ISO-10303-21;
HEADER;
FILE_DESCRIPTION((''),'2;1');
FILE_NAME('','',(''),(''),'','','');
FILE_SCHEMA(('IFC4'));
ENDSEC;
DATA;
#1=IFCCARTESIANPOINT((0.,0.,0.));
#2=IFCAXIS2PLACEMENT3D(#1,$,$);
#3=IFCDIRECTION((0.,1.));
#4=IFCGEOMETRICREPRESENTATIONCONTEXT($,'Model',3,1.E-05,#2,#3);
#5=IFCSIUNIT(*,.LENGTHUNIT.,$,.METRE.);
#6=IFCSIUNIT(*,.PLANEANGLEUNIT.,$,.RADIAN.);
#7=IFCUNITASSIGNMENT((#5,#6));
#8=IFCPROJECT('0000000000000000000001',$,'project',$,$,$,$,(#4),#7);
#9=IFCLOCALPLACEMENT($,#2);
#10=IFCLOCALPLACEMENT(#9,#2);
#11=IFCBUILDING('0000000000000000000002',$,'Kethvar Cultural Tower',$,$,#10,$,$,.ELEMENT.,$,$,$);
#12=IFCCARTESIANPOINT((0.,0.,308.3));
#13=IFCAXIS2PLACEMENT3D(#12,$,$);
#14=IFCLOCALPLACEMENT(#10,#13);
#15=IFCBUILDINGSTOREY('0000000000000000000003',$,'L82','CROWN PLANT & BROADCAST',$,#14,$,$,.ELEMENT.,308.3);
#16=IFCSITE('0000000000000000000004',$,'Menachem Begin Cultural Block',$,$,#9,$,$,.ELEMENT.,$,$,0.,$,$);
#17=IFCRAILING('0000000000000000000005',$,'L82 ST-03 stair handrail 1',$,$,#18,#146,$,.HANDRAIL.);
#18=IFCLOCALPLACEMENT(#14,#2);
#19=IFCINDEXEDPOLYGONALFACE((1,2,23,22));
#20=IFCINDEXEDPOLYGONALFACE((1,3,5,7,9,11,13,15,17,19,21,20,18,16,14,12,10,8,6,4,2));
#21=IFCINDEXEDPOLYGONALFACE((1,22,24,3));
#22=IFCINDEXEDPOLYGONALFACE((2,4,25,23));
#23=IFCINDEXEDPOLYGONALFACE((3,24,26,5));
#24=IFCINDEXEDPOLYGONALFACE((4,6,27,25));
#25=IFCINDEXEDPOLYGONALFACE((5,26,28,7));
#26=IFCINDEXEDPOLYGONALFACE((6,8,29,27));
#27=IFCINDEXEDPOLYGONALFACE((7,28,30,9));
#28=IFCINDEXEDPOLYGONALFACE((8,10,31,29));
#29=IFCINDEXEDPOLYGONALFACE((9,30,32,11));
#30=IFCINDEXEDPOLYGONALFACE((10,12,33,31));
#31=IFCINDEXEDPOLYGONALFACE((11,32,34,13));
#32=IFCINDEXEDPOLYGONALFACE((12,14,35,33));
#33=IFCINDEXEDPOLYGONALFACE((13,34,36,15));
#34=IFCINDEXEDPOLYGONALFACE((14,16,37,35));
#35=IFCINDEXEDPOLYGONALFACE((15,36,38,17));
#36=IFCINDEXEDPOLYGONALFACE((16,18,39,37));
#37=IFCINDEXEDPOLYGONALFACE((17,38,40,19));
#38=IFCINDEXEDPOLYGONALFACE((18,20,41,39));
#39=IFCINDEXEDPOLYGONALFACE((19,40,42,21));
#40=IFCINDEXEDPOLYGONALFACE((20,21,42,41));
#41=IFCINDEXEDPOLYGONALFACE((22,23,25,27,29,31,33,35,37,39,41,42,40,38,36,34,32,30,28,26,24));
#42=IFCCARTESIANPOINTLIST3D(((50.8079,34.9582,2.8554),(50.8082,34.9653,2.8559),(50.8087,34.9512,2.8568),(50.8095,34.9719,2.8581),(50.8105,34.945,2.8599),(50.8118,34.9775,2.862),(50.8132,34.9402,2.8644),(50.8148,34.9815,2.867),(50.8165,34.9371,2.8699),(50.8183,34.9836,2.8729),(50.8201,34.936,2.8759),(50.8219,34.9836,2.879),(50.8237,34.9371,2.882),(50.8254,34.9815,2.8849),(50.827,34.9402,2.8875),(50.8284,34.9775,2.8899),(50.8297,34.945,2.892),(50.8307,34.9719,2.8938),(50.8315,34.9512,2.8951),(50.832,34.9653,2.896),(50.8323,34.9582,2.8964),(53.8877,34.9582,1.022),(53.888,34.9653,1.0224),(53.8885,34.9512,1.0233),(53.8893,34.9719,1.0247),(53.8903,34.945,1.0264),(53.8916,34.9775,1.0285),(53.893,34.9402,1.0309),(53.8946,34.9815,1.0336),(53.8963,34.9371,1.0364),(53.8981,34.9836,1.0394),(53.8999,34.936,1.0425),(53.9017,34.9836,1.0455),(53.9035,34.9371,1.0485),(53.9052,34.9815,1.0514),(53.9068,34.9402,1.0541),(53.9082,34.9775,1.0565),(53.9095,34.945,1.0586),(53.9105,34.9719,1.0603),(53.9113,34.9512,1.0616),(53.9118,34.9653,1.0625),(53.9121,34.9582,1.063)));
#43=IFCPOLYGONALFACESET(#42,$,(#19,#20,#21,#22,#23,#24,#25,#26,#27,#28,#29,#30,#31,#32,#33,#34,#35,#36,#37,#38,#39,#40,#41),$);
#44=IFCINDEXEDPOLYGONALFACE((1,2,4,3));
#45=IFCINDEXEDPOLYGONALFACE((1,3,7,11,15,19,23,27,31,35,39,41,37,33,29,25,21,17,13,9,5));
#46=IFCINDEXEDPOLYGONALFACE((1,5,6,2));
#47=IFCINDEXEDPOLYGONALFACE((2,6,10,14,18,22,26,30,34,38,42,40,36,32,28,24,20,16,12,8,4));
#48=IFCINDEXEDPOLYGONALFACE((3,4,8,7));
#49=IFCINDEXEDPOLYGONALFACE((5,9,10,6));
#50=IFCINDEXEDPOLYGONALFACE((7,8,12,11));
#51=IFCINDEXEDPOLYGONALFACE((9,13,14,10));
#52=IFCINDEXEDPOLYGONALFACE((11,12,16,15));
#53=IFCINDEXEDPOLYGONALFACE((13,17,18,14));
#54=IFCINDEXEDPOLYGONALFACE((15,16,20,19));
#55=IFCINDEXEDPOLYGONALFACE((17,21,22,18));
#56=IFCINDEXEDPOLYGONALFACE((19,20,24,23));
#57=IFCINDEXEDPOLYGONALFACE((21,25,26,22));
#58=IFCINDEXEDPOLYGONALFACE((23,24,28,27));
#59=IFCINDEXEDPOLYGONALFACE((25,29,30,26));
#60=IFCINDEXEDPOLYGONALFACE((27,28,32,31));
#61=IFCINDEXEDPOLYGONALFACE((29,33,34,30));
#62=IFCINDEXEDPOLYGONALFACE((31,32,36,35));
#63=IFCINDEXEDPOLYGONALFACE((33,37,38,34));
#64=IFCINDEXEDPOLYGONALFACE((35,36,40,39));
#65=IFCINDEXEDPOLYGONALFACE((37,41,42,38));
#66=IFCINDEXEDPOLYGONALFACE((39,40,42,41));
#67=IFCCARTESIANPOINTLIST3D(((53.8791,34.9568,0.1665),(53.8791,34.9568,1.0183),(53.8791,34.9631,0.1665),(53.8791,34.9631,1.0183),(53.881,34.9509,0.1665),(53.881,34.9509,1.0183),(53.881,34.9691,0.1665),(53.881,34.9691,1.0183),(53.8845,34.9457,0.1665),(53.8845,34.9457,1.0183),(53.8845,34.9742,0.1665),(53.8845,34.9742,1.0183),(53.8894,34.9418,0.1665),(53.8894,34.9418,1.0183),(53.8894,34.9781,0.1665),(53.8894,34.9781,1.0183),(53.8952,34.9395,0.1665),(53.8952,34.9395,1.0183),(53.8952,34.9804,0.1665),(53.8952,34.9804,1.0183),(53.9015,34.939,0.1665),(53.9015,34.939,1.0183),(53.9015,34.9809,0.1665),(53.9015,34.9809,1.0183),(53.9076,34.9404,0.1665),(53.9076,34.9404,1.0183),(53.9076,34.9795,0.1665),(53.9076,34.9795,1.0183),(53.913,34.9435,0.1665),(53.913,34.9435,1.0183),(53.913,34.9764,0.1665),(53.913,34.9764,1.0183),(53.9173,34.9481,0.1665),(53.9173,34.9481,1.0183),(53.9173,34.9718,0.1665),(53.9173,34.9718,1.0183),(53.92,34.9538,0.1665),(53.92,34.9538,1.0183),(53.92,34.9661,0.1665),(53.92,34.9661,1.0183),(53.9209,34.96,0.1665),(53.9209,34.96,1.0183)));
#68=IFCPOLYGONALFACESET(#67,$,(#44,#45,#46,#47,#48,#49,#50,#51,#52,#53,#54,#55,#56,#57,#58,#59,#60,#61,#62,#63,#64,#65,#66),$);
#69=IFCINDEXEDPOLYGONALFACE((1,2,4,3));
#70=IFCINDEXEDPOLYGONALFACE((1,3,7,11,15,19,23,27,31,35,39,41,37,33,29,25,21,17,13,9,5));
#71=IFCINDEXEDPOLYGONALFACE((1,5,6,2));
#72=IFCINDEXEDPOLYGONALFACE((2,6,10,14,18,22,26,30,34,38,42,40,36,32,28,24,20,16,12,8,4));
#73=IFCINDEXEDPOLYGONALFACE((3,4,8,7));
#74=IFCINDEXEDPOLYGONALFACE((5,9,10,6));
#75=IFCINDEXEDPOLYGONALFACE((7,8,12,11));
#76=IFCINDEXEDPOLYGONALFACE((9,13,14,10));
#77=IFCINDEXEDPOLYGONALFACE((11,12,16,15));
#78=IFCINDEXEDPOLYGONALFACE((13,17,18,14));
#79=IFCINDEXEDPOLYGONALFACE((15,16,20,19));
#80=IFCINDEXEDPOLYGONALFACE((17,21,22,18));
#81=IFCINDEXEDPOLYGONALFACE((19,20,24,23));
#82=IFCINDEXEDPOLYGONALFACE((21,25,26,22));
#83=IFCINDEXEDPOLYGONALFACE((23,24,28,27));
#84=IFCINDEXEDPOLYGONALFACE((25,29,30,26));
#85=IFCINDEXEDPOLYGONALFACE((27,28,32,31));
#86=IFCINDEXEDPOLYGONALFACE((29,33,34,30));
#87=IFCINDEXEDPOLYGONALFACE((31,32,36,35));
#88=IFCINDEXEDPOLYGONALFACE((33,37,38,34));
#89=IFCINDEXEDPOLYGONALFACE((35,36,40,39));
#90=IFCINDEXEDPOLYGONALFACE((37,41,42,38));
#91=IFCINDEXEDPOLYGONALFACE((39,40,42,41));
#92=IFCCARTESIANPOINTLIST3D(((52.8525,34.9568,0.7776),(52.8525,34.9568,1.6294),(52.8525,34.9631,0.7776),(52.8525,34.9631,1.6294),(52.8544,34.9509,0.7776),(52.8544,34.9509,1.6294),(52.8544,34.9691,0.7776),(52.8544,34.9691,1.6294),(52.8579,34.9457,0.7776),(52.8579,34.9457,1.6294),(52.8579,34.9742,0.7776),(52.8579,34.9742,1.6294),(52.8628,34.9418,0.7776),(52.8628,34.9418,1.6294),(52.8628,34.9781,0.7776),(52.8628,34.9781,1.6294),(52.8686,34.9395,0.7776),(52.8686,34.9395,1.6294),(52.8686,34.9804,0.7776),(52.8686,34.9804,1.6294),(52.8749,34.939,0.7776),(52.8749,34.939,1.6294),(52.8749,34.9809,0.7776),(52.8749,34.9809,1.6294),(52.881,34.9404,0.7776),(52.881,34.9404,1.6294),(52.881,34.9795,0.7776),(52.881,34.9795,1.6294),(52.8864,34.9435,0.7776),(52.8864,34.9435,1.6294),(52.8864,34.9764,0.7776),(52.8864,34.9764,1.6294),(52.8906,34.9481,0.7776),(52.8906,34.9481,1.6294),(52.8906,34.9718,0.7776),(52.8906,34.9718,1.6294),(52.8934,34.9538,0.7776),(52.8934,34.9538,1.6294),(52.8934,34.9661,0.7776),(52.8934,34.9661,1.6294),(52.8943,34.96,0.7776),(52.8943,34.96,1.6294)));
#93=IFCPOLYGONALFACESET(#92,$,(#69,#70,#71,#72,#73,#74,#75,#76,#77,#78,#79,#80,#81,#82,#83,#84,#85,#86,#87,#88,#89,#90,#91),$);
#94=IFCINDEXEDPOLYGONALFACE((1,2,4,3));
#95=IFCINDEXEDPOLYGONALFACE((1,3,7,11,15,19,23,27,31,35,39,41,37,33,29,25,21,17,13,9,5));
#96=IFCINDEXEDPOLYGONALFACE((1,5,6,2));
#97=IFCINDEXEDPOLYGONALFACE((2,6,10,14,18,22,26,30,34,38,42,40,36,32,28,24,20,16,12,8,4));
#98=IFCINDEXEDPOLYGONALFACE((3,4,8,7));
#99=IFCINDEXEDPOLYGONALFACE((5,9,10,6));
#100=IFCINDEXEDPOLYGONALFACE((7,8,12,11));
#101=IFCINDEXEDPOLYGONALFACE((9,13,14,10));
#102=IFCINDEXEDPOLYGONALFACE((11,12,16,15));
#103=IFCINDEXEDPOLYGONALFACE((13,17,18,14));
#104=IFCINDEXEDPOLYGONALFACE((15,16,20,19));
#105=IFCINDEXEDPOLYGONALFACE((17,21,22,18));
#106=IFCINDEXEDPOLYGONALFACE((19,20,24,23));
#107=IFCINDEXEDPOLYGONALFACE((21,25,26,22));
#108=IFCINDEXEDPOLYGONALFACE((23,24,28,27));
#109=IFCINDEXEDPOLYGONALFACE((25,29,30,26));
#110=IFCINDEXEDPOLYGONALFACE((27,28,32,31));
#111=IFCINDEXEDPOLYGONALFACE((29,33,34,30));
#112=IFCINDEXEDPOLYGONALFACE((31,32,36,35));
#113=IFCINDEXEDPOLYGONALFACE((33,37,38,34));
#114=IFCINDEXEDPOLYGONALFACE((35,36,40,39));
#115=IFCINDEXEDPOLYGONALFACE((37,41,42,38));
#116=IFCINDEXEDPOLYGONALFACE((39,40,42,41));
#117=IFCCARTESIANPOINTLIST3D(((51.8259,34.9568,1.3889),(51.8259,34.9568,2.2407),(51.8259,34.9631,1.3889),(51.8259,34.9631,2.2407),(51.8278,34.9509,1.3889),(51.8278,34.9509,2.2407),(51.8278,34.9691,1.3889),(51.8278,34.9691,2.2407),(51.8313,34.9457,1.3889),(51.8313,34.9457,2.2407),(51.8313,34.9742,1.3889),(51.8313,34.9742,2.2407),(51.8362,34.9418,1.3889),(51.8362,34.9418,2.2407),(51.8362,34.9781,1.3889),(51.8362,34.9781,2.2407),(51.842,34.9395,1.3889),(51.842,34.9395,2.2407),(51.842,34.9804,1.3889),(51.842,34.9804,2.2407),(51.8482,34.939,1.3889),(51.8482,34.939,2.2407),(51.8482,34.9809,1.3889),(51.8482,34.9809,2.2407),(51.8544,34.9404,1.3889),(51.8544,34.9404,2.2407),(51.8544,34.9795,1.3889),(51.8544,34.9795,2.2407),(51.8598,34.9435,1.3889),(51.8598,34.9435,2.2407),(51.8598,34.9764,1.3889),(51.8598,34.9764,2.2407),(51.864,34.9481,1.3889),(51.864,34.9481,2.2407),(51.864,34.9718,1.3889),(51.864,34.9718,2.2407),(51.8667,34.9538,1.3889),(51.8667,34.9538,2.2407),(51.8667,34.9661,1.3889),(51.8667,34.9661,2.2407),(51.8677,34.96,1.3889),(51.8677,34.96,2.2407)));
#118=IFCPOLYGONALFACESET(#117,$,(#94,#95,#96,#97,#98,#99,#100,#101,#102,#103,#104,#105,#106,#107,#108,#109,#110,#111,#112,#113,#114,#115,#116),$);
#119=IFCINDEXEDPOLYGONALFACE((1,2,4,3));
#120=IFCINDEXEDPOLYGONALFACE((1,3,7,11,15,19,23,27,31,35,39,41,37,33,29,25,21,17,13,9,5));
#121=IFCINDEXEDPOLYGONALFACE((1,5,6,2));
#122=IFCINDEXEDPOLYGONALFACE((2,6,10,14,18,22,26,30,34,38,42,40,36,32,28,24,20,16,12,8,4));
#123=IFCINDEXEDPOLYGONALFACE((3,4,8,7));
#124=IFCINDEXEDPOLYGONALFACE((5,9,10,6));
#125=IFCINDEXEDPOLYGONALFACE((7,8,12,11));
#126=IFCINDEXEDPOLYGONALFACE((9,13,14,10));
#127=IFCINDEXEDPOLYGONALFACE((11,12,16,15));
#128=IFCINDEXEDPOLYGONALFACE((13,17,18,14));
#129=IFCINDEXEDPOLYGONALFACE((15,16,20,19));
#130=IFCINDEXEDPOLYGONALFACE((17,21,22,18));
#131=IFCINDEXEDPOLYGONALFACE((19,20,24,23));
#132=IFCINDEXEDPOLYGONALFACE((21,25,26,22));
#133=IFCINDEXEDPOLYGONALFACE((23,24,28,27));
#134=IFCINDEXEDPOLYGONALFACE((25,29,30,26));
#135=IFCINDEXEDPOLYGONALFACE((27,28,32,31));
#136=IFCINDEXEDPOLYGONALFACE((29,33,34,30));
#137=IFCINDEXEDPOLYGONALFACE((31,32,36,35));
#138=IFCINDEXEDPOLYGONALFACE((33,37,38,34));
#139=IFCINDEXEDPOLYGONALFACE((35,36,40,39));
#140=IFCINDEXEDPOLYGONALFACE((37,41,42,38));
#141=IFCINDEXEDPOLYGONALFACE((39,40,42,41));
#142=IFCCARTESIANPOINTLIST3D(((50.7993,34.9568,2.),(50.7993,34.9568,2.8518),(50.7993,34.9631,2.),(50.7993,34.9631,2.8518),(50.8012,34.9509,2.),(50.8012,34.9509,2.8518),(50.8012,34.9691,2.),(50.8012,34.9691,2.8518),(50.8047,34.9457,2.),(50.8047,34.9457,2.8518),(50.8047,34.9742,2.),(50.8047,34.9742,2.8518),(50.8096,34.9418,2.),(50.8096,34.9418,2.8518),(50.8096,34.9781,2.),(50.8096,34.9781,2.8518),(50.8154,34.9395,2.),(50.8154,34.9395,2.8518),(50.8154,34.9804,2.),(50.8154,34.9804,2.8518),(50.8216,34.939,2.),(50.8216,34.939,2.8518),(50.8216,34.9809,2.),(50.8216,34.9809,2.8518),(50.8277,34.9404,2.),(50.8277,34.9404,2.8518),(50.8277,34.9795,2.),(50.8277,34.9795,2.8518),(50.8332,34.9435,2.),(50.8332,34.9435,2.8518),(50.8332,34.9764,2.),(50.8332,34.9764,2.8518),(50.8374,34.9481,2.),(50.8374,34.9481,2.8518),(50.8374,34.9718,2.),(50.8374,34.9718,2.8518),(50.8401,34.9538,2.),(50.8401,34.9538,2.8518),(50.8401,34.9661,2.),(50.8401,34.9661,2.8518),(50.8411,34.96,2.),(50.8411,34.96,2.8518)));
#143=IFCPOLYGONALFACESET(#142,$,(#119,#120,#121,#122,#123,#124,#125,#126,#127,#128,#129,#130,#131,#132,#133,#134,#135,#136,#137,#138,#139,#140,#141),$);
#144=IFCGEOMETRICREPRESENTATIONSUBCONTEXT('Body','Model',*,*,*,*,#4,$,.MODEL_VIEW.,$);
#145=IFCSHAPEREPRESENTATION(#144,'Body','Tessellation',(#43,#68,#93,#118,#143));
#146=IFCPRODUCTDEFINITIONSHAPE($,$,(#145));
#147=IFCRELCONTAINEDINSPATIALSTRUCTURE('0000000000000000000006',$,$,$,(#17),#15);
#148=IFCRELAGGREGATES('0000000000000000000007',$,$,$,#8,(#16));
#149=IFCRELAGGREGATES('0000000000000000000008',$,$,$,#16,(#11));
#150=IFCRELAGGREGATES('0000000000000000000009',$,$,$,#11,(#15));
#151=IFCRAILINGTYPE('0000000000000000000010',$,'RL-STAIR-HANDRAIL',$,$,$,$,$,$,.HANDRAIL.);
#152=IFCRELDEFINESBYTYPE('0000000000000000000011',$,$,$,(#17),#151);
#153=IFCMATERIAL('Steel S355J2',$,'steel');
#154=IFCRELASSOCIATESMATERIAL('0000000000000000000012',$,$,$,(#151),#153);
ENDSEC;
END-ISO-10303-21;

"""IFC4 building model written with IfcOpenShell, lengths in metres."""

from ifc_helpers import new_model, si_unit, direction, frame, origin, origin_2d, place, context, subcontext, project, spatial, circle, extrude, material, type_object, element, save


model = new_model("IFC4")

# Units and contexts
model_context = context("Model", 3, precision=1e-05, world=origin(), true_north=direction((0.0, 1.0)))
body_context = subcontext(model_context, "Body", "Model", "MODEL_VIEW")
ifc_project = project(units=[si_unit("LENGTHUNIT", "METRE"), si_unit("PLANEANGLEUNIT", "RADIAN")], contexts=[model_context])

# Site, building, storey
site_placement = place(None, origin())
site = spatial("IfcSite", under=ifc_project, at=site_placement, Name="Menachem Begin Cultural Block", CompositionType="ELEMENT", RefElevation=0.0)
building_placement = place(site_placement, origin())
building = spatial("IfcBuilding", under=site, at=building_placement, Name="Kethvar Cultural Tower", CompositionType="ELEMENT")
storey_placement = place(building_placement, frame((0.0, 0.0, 308.3)))
storey = spatial("IfcBuildingStorey", under=building, at=storey_placement, Name="L82", Description="CROWN PLANT & BROADCAST", CompositionType="ELEMENT", Elevation=308.3)

# Shared definitions
ifc_material_1 = material(Name="Steel S355J2", Category="steel")

# Railing
railing_type_1 = type_object("IfcRailingType", Name="RL-STAIR-HANDRAIL", PredefinedType="HANDRAIL", material=ifc_material_1)
railing_1_placement = place(storey_placement, frame((53.8999, 34.96, 0.1665)))
element("IfcRailing", 1, at=railing_1_placement, inside=storey, type_object=railing_type_1, Name="L82 ST-03 stair handrail 1", PredefinedType="HANDRAIL", context=body_context, shape_type="SweptSolid", body=[
    extrude(circle(Radius=0.0239, at=origin_2d()), frame((0.0, 0.0, 0.876), z_axis=(-0.859261, 0.0, 0.511538), x_axis=(0.0, -1.0, 0.0)), (0.0, 0.0, 1.0), 3.5842),
    extrude(circle(Radius=0.021, at=origin_2d()), origin(), (0.0, 0.0, 1.0), 0.8518),
    extrude(circle(Radius=0.021, at=origin_2d()), frame((-1.0266, 0.0, 0.6111)), (0.0, 0.0, 1.0), 0.8518),
    extrude(circle(Radius=0.021, at=origin_2d()), frame((-2.0532, 0.0, 1.2224)), (0.0, 0.0, 1.0), 0.8518),
    extrude(circle(Radius=0.021, at=origin_2d()), frame((-3.0798, 0.0, 1.8335)), (0.0, 0.0, 1.0), 0.8518),
])

save(model, "model.ifc")
